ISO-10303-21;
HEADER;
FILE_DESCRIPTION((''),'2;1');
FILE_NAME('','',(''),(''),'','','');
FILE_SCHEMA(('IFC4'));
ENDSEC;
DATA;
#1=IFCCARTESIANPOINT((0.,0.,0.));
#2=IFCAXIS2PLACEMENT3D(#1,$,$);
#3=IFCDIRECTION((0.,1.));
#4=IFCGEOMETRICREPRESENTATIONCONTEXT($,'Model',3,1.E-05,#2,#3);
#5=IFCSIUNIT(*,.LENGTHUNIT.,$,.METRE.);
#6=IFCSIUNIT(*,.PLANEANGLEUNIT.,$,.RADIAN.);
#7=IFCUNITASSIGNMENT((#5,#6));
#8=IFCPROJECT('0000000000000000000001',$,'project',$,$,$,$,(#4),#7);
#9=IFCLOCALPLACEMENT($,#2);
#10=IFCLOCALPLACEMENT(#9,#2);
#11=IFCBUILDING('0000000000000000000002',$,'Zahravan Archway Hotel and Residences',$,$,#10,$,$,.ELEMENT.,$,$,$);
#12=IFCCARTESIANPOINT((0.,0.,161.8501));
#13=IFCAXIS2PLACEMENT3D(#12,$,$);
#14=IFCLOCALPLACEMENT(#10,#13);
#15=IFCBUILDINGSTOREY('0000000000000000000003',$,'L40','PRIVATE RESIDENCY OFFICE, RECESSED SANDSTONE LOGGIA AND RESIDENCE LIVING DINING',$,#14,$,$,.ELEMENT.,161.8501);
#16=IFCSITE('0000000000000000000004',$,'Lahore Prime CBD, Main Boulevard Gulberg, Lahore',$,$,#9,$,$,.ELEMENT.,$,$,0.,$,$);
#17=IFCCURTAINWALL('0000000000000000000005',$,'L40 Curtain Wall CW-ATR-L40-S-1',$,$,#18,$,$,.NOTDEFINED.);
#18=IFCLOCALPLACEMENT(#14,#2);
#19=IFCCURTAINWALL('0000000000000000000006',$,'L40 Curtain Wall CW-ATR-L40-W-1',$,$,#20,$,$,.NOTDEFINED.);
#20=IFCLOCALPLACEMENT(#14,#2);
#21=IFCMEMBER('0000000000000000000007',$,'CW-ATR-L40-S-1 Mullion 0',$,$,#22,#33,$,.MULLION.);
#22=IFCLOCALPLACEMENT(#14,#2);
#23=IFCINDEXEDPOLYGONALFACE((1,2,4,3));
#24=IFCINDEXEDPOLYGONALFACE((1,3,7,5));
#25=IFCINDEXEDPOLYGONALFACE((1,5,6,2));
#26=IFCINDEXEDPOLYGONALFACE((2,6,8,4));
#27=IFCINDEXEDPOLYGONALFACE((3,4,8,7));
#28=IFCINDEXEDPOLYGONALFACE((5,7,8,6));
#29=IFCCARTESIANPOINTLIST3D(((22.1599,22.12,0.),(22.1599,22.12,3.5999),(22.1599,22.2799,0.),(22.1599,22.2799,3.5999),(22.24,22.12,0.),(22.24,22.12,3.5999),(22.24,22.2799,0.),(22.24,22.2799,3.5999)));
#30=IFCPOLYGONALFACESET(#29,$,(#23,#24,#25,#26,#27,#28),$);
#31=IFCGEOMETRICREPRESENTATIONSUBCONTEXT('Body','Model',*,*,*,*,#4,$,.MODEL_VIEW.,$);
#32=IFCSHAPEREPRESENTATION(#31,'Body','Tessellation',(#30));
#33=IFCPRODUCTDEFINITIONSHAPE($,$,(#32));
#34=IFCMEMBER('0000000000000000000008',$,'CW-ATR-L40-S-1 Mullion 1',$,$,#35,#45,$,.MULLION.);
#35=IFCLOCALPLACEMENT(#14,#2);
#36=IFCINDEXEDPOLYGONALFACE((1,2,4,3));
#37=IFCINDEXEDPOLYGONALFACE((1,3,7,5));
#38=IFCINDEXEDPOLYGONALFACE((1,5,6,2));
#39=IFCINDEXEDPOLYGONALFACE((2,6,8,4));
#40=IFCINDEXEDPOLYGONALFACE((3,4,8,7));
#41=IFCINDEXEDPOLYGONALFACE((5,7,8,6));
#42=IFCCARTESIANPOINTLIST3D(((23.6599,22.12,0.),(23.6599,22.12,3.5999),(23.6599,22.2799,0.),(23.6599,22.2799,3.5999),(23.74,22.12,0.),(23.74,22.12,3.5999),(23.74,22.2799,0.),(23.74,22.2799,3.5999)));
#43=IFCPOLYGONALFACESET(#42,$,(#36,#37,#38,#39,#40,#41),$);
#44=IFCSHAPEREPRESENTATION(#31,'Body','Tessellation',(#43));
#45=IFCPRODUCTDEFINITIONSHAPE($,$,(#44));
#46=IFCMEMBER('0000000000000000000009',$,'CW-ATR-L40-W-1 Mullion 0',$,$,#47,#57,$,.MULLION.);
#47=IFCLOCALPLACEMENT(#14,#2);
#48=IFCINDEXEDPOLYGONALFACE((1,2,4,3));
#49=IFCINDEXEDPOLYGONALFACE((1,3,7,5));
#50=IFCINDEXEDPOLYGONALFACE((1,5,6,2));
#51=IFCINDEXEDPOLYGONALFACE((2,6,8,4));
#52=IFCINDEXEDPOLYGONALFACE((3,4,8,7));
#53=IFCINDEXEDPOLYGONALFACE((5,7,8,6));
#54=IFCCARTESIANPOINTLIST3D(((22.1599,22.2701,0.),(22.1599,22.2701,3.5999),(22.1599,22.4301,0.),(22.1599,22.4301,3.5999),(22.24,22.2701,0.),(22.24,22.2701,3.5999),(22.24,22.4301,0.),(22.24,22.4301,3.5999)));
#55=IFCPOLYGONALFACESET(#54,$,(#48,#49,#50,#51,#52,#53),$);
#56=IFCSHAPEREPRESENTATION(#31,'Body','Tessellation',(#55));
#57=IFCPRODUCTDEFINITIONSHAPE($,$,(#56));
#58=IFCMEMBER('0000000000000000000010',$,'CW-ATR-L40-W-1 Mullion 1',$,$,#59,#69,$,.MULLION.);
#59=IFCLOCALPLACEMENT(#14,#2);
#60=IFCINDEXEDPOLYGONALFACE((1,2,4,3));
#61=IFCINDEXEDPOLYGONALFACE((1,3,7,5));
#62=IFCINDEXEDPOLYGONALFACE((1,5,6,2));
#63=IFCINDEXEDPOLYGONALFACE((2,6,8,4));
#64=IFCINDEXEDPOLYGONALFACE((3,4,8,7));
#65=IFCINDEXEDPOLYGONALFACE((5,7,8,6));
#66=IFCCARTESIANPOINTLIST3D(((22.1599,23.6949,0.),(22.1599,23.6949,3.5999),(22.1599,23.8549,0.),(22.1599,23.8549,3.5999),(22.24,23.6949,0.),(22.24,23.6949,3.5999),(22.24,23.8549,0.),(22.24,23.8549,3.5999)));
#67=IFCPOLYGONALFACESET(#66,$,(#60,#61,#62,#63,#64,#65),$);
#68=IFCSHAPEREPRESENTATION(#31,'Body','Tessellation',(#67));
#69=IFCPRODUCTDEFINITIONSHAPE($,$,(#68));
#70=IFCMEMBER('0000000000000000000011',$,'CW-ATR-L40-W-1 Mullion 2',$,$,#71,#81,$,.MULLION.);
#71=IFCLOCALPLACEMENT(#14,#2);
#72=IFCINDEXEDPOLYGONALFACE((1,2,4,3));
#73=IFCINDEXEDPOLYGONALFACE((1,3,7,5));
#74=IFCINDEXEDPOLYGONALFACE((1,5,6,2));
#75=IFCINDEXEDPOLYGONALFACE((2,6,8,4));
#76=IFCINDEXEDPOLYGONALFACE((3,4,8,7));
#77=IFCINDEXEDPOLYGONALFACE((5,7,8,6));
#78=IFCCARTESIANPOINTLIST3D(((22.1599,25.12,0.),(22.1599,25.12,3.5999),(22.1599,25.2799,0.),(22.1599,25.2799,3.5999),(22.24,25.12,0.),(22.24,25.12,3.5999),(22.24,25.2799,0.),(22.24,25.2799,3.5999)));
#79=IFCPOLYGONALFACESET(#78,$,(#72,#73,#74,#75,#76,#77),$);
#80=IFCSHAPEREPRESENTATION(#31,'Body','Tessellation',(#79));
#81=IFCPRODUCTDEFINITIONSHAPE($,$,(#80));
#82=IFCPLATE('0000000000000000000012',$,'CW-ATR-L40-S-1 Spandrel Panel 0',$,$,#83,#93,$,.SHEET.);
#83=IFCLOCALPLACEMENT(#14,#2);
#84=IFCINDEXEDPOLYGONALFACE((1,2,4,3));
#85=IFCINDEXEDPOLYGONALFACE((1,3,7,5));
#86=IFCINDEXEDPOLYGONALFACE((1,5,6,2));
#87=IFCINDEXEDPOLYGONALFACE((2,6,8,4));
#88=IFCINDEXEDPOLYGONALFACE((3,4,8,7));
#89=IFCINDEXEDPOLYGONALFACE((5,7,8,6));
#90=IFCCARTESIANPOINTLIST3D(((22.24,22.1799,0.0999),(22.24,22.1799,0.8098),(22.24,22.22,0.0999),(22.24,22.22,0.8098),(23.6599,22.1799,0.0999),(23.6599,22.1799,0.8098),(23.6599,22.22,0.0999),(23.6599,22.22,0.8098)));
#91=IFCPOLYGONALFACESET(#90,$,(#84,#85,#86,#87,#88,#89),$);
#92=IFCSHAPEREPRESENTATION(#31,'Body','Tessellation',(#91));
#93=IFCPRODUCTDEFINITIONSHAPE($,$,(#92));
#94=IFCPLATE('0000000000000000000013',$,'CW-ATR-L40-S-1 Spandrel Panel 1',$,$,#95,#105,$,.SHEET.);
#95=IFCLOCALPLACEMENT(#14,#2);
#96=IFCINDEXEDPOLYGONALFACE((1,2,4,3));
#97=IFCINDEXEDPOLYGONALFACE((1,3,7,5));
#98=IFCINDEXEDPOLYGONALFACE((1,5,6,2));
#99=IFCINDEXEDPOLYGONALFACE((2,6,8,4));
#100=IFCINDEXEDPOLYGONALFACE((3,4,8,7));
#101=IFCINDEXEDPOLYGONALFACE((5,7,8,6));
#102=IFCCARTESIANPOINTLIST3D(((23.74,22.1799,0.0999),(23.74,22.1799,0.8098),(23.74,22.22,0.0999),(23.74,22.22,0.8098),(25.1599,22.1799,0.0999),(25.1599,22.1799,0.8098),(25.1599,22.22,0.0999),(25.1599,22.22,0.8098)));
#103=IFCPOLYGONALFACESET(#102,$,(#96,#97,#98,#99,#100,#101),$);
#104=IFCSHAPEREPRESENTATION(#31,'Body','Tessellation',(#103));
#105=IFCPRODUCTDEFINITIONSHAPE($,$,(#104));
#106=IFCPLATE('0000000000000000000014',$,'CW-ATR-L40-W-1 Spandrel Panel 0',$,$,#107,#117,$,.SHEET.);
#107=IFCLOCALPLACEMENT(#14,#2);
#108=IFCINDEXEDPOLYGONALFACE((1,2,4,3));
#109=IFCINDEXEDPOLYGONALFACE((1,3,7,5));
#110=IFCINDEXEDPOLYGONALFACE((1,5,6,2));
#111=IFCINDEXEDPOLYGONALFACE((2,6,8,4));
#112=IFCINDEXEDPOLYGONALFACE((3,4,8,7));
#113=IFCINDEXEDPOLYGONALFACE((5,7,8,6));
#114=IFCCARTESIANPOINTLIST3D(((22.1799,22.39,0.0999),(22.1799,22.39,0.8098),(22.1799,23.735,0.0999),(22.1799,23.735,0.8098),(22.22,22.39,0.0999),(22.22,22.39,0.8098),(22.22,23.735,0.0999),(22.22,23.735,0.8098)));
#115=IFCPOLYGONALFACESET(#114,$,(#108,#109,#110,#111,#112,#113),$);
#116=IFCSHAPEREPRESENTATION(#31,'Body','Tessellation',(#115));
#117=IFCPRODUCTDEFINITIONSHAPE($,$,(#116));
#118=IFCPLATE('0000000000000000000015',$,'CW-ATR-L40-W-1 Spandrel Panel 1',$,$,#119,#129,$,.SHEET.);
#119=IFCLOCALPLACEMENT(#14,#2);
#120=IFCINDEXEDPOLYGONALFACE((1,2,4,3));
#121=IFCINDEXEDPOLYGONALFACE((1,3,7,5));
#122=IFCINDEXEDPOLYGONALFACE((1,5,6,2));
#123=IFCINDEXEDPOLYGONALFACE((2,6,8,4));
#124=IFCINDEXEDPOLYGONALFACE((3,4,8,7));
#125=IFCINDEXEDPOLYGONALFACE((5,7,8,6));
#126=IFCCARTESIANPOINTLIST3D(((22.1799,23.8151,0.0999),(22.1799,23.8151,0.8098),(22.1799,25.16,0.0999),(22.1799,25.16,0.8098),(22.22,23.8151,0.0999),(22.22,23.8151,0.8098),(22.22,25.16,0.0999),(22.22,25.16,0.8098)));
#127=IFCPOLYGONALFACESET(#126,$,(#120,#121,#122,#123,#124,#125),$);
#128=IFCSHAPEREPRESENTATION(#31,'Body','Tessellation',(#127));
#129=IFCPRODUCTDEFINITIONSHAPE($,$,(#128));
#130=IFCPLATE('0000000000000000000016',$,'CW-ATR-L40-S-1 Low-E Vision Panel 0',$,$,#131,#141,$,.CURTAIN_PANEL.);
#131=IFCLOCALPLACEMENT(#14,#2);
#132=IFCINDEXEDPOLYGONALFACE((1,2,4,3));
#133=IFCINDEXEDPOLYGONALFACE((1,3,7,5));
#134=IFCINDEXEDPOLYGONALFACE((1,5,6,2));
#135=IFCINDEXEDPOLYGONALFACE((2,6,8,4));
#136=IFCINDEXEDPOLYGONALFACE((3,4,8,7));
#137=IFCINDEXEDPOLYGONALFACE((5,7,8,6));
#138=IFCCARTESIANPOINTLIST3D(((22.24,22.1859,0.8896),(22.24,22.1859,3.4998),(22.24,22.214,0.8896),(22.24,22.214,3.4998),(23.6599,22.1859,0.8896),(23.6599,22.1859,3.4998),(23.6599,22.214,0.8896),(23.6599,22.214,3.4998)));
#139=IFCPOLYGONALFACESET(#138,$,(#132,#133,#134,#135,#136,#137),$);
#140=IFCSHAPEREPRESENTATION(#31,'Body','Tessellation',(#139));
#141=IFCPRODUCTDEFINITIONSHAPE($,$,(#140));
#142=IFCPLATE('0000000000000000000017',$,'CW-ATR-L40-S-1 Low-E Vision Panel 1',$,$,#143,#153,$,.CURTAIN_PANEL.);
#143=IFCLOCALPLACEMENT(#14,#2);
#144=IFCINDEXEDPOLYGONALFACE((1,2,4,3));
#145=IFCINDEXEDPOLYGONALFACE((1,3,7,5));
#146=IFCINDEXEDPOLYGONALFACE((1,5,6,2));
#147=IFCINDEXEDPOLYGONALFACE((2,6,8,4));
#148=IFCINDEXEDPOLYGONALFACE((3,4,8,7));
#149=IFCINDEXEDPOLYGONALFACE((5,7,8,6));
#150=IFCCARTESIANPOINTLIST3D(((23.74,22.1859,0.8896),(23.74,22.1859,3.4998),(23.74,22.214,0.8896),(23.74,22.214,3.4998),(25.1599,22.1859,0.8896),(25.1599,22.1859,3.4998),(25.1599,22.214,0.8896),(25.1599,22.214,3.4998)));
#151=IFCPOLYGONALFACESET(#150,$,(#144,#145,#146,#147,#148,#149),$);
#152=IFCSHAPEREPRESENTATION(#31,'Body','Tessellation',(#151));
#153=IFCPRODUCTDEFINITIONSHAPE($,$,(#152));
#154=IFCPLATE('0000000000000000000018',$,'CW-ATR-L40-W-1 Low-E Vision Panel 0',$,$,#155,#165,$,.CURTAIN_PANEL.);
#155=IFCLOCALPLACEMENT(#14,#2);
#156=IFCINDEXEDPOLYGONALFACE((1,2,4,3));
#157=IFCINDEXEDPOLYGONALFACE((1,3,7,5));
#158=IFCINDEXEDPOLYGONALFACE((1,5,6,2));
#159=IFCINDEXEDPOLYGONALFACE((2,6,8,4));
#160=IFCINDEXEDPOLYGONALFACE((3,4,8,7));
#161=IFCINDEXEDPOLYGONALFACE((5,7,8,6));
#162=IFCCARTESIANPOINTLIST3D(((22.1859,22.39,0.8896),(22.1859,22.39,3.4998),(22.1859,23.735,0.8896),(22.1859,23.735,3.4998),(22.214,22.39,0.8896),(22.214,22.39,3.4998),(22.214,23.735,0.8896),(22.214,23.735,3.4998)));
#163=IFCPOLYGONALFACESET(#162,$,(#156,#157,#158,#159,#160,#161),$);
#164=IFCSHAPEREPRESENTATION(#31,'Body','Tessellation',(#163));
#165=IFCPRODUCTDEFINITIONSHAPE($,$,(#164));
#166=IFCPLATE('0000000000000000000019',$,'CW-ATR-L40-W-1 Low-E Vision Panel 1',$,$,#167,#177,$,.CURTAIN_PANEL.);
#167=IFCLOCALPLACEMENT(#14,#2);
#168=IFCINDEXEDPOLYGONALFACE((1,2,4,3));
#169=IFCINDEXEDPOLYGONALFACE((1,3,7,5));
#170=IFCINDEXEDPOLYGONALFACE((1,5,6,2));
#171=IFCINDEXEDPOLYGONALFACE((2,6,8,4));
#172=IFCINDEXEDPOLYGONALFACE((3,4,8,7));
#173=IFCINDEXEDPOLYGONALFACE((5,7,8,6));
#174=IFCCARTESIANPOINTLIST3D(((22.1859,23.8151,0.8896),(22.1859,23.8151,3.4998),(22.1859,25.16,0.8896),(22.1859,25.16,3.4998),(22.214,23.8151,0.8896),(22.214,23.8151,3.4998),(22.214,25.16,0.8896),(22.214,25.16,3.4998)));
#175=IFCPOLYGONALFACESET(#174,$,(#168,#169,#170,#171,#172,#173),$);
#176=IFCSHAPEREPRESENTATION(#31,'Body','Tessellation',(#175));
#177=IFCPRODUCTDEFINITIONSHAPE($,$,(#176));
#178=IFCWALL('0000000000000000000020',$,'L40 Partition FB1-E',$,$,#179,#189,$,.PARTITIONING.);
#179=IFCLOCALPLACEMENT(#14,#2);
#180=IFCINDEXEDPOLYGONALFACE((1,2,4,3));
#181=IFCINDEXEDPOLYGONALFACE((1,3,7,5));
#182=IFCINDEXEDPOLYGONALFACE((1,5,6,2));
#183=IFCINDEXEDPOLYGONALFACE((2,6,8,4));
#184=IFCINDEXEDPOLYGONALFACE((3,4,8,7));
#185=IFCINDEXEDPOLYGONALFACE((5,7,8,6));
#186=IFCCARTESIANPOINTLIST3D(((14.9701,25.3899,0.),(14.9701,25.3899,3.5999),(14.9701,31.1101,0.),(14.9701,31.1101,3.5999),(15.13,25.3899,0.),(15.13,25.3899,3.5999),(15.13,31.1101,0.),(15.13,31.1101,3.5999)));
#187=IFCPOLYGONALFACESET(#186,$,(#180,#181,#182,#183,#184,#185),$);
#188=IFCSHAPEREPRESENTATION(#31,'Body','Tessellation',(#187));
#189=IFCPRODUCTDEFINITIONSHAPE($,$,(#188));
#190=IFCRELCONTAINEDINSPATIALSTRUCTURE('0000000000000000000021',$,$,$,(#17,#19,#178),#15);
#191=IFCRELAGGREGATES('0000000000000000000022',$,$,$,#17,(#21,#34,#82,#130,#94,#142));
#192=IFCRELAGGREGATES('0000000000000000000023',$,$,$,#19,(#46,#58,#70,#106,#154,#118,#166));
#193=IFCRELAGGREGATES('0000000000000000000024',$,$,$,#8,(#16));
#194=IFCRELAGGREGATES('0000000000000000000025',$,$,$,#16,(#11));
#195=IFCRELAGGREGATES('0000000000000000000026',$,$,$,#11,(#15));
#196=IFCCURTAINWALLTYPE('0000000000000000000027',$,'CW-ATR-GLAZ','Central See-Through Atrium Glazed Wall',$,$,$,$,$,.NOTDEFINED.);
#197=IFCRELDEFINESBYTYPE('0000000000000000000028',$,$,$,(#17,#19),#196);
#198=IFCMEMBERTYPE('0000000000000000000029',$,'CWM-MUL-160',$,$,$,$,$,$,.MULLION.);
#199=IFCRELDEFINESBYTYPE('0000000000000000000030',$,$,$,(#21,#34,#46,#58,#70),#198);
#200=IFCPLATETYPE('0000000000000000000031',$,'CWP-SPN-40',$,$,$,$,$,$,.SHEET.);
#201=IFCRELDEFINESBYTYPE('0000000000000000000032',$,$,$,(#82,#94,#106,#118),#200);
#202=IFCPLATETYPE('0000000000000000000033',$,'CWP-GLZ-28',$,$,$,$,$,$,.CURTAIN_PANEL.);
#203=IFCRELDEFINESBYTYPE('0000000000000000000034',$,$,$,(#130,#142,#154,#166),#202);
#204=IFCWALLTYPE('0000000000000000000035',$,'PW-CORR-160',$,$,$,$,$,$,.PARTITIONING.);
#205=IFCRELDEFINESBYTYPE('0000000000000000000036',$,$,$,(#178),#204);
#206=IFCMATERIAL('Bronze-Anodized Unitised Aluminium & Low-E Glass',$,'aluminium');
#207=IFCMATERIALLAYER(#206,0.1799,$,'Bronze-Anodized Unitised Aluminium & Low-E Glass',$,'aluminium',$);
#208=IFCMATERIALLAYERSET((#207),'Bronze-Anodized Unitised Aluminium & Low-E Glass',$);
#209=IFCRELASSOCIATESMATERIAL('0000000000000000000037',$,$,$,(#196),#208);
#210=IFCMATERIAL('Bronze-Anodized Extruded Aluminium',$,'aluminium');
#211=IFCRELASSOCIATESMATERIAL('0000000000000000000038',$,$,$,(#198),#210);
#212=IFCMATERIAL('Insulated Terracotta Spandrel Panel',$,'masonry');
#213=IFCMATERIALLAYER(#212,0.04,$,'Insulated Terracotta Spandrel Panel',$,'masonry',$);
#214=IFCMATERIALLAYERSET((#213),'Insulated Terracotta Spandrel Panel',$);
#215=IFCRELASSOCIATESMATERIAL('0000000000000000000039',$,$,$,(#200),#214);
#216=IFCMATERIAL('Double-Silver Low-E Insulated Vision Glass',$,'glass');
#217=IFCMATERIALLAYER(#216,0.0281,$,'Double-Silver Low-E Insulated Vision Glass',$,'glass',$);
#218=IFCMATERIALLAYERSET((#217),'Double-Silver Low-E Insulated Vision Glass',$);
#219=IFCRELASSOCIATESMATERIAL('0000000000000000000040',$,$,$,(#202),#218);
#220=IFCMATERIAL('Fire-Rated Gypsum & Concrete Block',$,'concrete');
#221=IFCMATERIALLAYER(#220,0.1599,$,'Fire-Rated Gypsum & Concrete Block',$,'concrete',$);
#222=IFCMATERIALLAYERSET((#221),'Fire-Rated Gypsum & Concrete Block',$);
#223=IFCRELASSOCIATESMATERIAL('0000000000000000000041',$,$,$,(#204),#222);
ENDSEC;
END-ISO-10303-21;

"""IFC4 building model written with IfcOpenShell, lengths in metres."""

from ifc_helpers import new_model, si_unit, direction, frame, frame_2d, origin, origin_2d, place, context, subcontext, project, spatial, rectangle, extrude, source, transform, mapped, material, layer, layer_set, material_profile, profile_set, type_object, element, aggregate, save


model = new_model("IFC4")

# Units and contexts
model_context = context("Model", 3, precision=1e-05, world=origin(), true_north=direction((0.0, 1.0)))
body_context = subcontext(model_context, "Body", "Model", "MODEL_VIEW")
ifc_project = project(units=[si_unit("LENGTHUNIT", "METRE"), si_unit("PLANEANGLEUNIT", "RADIAN")], contexts=[model_context])

# Site, building, storey
site_placement = place(None, origin())
site = spatial("IfcSite", under=ifc_project, at=site_placement, Name="Lahore Prime CBD, Main Boulevard Gulberg, Lahore", CompositionType="ELEMENT", RefElevation=0.0)
building_placement = place(site_placement, origin())
building = spatial("IfcBuilding", under=site, at=building_placement, Name="Zahravan Archway Hotel and Residences", CompositionType="ELEMENT")
storey_placement = place(building_placement, frame((0.0, 0.0, 161.8501)))
storey = spatial("IfcBuildingStorey", under=building, at=storey_placement, Name="L40", Description="PRIVATE RESIDENCY OFFICE, RECESSED SANDSTONE LOGGIA AND RESIDENCE LIVING DINING", CompositionType="ELEMENT", Elevation=161.8501)

# Curtain walls
ifc_material_1 = material(Name="Bronze-Anodized Unitised Aluminium & Low-E Glass", Category="aluminium")
ifc_layer_1 = layer(ifc_material_1, 0.1799, Name="Bronze-Anodized Unitised Aluminium & Low-E Glass", Category="aluminium")
ifc_layer_set_1 = layer_set([ifc_layer_1], Name="Bronze-Anodized Unitised Aluminium & Low-E Glass")
curtain_wall_type = type_object("IfcCurtainWallType", Name="CW-ATR-GLAZ", Description="Central See-Through Atrium Glazed Wall", PredefinedType="NOTDEFINED", material=ifc_layer_set_1)
curtain_wall_1_placement = place(storey_placement, origin())
curtain_wall_1 = element("IfcCurtainWall", 1, at=curtain_wall_1_placement, inside=storey, type_object=curtain_wall_type, Name="L40 Curtain Wall CW-ATR-L40-S-1", PredefinedType="NOTDEFINED")
ifc_material_2 = material(Name="Bronze-Anodized Extruded Aluminium", Category="aluminium")
curtain_wall_2_placement = place(storey_placement, origin())
curtain_wall_2 = element("IfcCurtainWall", 2, at=curtain_wall_2_placement, inside=storey, type_object=curtain_wall_type, Name="L40 Curtain Wall CW-ATR-L40-W-1", PredefinedType="NOTDEFINED")

# Members
ifc_material_profile_1 = material_profile(ifc_material_2, rectangle(XDim=0.0801, YDim=0.1599, at=origin_2d()), Name="MUL 80x160", Category="aluminium")
ifc_profile_set_1 = profile_set([ifc_material_profile_1], Name="Bronze-Anodized Extruded Aluminium")
member_type_1 = type_object("IfcMemberType", Name="CWM-MUL-160", PredefinedType="MULLION", material=ifc_profile_set_1)
shared_shape_1 = source(origin(), body_context, "Body", "SweptSolid", [
    extrude(rectangle(XDim=0.0801, YDim=0.1599, at=origin_2d()), origin(), (0.0, 0.0, 1.0), 3.5999),
])
member_1_placement = place(storey_placement, frame((22.2, 22.2, 0.0), z_axis=(0.0, 0.0, 1.0), x_axis=(1.0, 0.0, 0.0)))
member_1 = element("IfcMember", 3, at=member_1_placement, type_object=member_type_1, Name="CW-ATR-L40-S-1 Mullion 0", PredefinedType="MULLION", context=body_context, shape_type="MappedRepresentation", body=[
    mapped(shared_shape_1, transform((0.0, 0.0, 0.0), scale=1.0)),
])
member_2_placement = place(storey_placement, frame((23.7, 22.2, 0.0), z_axis=(0.0, 0.0, 1.0), x_axis=(1.0, 0.0, 0.0)))
member_2 = element("IfcMember", 4, at=member_2_placement, type_object=member_type_1, Name="CW-ATR-L40-S-1 Mullion 1", PredefinedType="MULLION", context=body_context, shape_type="MappedRepresentation", body=[
    mapped(shared_shape_1, transform((0.0, 0.0, 0.0), scale=1.0)),
])
member_3_placement = place(storey_placement, frame((22.2, 22.3501, 0.0), z_axis=(0.0, 0.0, 1.0), x_axis=(1.0, 0.0, 0.0)))
member_3 = element("IfcMember", 5, at=member_3_placement, type_object=member_type_1, Name="CW-ATR-L40-W-1 Mullion 0", PredefinedType="MULLION", context=body_context, shape_type="MappedRepresentation", body=[
    mapped(shared_shape_1, transform((0.0, 0.0, 0.0), scale=1.0)),
])
member_4_placement = place(storey_placement, frame((22.2, 23.7749, 0.0), z_axis=(0.0, 0.0, 1.0), x_axis=(1.0, 0.0, 0.0)))
member_4 = element("IfcMember", 6, at=member_4_placement, type_object=member_type_1, Name="CW-ATR-L40-W-1 Mullion 1", PredefinedType="MULLION", context=body_context, shape_type="MappedRepresentation", body=[
    mapped(shared_shape_1, transform((0.0, 0.0, 0.0), scale=1.0)),
])
member_5_placement = place(storey_placement, frame((22.2, 25.2, 0.0), z_axis=(0.0, 0.0, 1.0), x_axis=(1.0, 0.0, 0.0)))
member_5 = element("IfcMember", 7, at=member_5_placement, type_object=member_type_1, Name="CW-ATR-L40-W-1 Mullion 2", PredefinedType="MULLION", context=body_context, shape_type="MappedRepresentation", body=[
    mapped(shared_shape_1, transform((0.0, 0.0, 0.0), scale=1.0)),
])

# Plates
ifc_material_3 = material(Name="Insulated Terracotta Spandrel Panel", Category="masonry")
ifc_layer_2 = layer(ifc_material_3, 0.04, Name="Insulated Terracotta Spandrel Panel", Category="masonry")
ifc_layer_set_2 = layer_set([ifc_layer_2], Name="Insulated Terracotta Spandrel Panel")
plate_type_1 = type_object("IfcPlateType", Name="CWP-SPN-40", PredefinedType="SHEET", material=ifc_layer_set_2)
shared_shape_2 = source(origin(), body_context, "Body", "SweptSolid", [
    extrude(rectangle(XDim=1.4199, YDim=0.04, at=origin_2d()), origin(), (0.0, 0.0, 1.0), 0.71),
])
plate_1_placement = place(storey_placement, frame((22.95, 22.2, 0.0999), z_axis=(0.0, 0.0, 1.0), x_axis=(1.0, 0.0, 0.0)))
plate_1 = element("IfcPlate", 8, at=plate_1_placement, type_object=plate_type_1, Name="CW-ATR-L40-S-1 Spandrel Panel 0", PredefinedType="SHEET", context=body_context, shape_type="MappedRepresentation", body=[
    mapped(shared_shape_2, transform((0.0, 0.0, 0.0), scale=1.0)),
])
plate_2_placement = place(storey_placement, frame((24.45, 22.2, 0.0999), z_axis=(0.0, 0.0, 1.0), x_axis=(1.0, 0.0, 0.0)))
plate_2 = element("IfcPlate", 9, at=plate_2_placement, type_object=plate_type_1, Name="CW-ATR-L40-S-1 Spandrel Panel 1", PredefinedType="SHEET", context=body_context, shape_type="MappedRepresentation", body=[
    mapped(shared_shape_2, transform((0.0, 0.0, 0.0), scale=1.0)),
])
shared_shape_3 = source(origin(), body_context, "Body", "SweptSolid", [
    extrude(rectangle(XDim=1.345, YDim=0.04, at=origin_2d()), origin(), (0.0, 0.0, 1.0), 0.71),
])
plate_3_placement = place(storey_placement, frame((22.2, 23.0625, 0.0999), z_axis=(0.0, 0.0, 1.0), x_axis=(0.0, 1.0, 0.0)))
plate_3 = element("IfcPlate", 10, at=plate_3_placement, type_object=plate_type_1, Name="CW-ATR-L40-W-1 Spandrel Panel 0", PredefinedType="SHEET", context=body_context, shape_type="MappedRepresentation", body=[
    mapped(shared_shape_3, transform((0.0, 0.0, 0.0), scale=1.0)),
])
plate_4_placement = place(storey_placement, frame((22.2, 24.4875, 0.0999), z_axis=(0.0, 0.0, 1.0), x_axis=(0.0, 1.0, 0.0)))
plate_4 = element("IfcPlate", 11, at=plate_4_placement, type_object=plate_type_1, Name="CW-ATR-L40-W-1 Spandrel Panel 1", PredefinedType="SHEET", context=body_context, shape_type="MappedRepresentation", body=[
    mapped(shared_shape_3, transform((0.0, 0.0, 0.0), scale=1.0)),
])
ifc_material_4 = material(Name="Double-Silver Low-E Insulated Vision Glass", Category="glass")
ifc_layer_3 = layer(ifc_material_4, 0.0281, Name="Double-Silver Low-E Insulated Vision Glass", Category="glass")
ifc_layer_set_3 = layer_set([ifc_layer_3], Name="Double-Silver Low-E Insulated Vision Glass")
plate_type_2 = type_object("IfcPlateType", Name="CWP-GLZ-28", PredefinedType="CURTAIN_PANEL", material=ifc_layer_set_3)
shared_shape_4 = source(origin(), body_context, "Body", "SweptSolid", [
    extrude(rectangle(XDim=1.4199, YDim=0.0281, at=origin_2d()), origin(), (0.0, 0.0, 1.0), 2.6101),
])
plate_5_placement = place(storey_placement, frame((22.95, 22.2, 0.8896), z_axis=(0.0, 0.0, 1.0), x_axis=(1.0, 0.0, 0.0)))
plate_5 = element("IfcPlate", 12, at=plate_5_placement, type_object=plate_type_2, Name="CW-ATR-L40-S-1 Low-E Vision Panel 0", PredefinedType="CURTAIN_PANEL", context=body_context, shape_type="MappedRepresentation", body=[
    mapped(shared_shape_4, transform((0.0, 0.0, 0.0), scale=1.0)),
])
plate_6_placement = place(storey_placement, frame((24.45, 22.2, 0.8896), z_axis=(0.0, 0.0, 1.0), x_axis=(1.0, 0.0, 0.0)))
plate_6 = element("IfcPlate", 13, at=plate_6_placement, type_object=plate_type_2, Name="CW-ATR-L40-S-1 Low-E Vision Panel 1", PredefinedType="CURTAIN_PANEL", context=body_context, shape_type="MappedRepresentation", body=[
    mapped(shared_shape_4, transform((0.0, 0.0, 0.0), scale=1.0)),
])
aggregate(curtain_wall_1, [member_1, member_2, plate_1, plate_5, plate_2, plate_6])
shared_shape_5 = source(origin(), body_context, "Body", "SweptSolid", [
    extrude(rectangle(XDim=1.345, YDim=0.0281, at=origin_2d()), origin(), (0.0, 0.0, 1.0), 2.6101),
])
plate_7_placement = place(storey_placement, frame((22.2, 23.0625, 0.8896), z_axis=(0.0, 0.0, 1.0), x_axis=(0.0, 1.0, 0.0)))
plate_7 = element("IfcPlate", 14, at=plate_7_placement, type_object=plate_type_2, Name="CW-ATR-L40-W-1 Low-E Vision Panel 0", PredefinedType="CURTAIN_PANEL", context=body_context, shape_type="MappedRepresentation", body=[
    mapped(shared_shape_5, transform((0.0, 0.0, 0.0), scale=1.0)),
])
plate_8_placement = place(storey_placement, frame((22.2, 24.4875, 0.8896), z_axis=(0.0, 0.0, 1.0), x_axis=(0.0, 1.0, 0.0)))
plate_8 = element("IfcPlate", 15, at=plate_8_placement, type_object=plate_type_2, Name="CW-ATR-L40-W-1 Low-E Vision Panel 1", PredefinedType="CURTAIN_PANEL", context=body_context, shape_type="MappedRepresentation", body=[
    mapped(shared_shape_5, transform((0.0, 0.0, 0.0), scale=1.0)),
])
aggregate(curtain_wall_2, [member_3, member_4, member_5, plate_3, plate_7, plate_4, plate_8])

# Wall
ifc_material_5 = material(Name="Fire-Rated Gypsum & Concrete Block", Category="concrete")
ifc_layer_4 = layer(ifc_material_5, 0.1599, Name="Fire-Rated Gypsum & Concrete Block", Category="concrete")
ifc_layer_set_4 = layer_set([ifc_layer_4], Name="Fire-Rated Gypsum & Concrete Block")
wall_type_1 = type_object("IfcWallType", Name="PW-CORR-160", PredefinedType="PARTITIONING", material=ifc_layer_set_4)
wall_1_placement = place(storey_placement, frame((15.05, 25.3899, 0.0), z_axis=(0.0, 0.0, 1.0), x_axis=(0.0, 1.0, 0.0)))
element("IfcWall", 16, at=wall_1_placement, inside=storey, type_object=wall_type_1, Name="L40 Partition FB1-E", PredefinedType="PARTITIONING", context=body_context, shape_type="SweptSolid", body=[
    extrude(rectangle(XDim=5.7202, YDim=0.1599, at=frame_2d((2.8601, 0.0))), origin(), (0.0, 0.0, 1.0), 3.5999),
])

save(model, "model.ifc")
